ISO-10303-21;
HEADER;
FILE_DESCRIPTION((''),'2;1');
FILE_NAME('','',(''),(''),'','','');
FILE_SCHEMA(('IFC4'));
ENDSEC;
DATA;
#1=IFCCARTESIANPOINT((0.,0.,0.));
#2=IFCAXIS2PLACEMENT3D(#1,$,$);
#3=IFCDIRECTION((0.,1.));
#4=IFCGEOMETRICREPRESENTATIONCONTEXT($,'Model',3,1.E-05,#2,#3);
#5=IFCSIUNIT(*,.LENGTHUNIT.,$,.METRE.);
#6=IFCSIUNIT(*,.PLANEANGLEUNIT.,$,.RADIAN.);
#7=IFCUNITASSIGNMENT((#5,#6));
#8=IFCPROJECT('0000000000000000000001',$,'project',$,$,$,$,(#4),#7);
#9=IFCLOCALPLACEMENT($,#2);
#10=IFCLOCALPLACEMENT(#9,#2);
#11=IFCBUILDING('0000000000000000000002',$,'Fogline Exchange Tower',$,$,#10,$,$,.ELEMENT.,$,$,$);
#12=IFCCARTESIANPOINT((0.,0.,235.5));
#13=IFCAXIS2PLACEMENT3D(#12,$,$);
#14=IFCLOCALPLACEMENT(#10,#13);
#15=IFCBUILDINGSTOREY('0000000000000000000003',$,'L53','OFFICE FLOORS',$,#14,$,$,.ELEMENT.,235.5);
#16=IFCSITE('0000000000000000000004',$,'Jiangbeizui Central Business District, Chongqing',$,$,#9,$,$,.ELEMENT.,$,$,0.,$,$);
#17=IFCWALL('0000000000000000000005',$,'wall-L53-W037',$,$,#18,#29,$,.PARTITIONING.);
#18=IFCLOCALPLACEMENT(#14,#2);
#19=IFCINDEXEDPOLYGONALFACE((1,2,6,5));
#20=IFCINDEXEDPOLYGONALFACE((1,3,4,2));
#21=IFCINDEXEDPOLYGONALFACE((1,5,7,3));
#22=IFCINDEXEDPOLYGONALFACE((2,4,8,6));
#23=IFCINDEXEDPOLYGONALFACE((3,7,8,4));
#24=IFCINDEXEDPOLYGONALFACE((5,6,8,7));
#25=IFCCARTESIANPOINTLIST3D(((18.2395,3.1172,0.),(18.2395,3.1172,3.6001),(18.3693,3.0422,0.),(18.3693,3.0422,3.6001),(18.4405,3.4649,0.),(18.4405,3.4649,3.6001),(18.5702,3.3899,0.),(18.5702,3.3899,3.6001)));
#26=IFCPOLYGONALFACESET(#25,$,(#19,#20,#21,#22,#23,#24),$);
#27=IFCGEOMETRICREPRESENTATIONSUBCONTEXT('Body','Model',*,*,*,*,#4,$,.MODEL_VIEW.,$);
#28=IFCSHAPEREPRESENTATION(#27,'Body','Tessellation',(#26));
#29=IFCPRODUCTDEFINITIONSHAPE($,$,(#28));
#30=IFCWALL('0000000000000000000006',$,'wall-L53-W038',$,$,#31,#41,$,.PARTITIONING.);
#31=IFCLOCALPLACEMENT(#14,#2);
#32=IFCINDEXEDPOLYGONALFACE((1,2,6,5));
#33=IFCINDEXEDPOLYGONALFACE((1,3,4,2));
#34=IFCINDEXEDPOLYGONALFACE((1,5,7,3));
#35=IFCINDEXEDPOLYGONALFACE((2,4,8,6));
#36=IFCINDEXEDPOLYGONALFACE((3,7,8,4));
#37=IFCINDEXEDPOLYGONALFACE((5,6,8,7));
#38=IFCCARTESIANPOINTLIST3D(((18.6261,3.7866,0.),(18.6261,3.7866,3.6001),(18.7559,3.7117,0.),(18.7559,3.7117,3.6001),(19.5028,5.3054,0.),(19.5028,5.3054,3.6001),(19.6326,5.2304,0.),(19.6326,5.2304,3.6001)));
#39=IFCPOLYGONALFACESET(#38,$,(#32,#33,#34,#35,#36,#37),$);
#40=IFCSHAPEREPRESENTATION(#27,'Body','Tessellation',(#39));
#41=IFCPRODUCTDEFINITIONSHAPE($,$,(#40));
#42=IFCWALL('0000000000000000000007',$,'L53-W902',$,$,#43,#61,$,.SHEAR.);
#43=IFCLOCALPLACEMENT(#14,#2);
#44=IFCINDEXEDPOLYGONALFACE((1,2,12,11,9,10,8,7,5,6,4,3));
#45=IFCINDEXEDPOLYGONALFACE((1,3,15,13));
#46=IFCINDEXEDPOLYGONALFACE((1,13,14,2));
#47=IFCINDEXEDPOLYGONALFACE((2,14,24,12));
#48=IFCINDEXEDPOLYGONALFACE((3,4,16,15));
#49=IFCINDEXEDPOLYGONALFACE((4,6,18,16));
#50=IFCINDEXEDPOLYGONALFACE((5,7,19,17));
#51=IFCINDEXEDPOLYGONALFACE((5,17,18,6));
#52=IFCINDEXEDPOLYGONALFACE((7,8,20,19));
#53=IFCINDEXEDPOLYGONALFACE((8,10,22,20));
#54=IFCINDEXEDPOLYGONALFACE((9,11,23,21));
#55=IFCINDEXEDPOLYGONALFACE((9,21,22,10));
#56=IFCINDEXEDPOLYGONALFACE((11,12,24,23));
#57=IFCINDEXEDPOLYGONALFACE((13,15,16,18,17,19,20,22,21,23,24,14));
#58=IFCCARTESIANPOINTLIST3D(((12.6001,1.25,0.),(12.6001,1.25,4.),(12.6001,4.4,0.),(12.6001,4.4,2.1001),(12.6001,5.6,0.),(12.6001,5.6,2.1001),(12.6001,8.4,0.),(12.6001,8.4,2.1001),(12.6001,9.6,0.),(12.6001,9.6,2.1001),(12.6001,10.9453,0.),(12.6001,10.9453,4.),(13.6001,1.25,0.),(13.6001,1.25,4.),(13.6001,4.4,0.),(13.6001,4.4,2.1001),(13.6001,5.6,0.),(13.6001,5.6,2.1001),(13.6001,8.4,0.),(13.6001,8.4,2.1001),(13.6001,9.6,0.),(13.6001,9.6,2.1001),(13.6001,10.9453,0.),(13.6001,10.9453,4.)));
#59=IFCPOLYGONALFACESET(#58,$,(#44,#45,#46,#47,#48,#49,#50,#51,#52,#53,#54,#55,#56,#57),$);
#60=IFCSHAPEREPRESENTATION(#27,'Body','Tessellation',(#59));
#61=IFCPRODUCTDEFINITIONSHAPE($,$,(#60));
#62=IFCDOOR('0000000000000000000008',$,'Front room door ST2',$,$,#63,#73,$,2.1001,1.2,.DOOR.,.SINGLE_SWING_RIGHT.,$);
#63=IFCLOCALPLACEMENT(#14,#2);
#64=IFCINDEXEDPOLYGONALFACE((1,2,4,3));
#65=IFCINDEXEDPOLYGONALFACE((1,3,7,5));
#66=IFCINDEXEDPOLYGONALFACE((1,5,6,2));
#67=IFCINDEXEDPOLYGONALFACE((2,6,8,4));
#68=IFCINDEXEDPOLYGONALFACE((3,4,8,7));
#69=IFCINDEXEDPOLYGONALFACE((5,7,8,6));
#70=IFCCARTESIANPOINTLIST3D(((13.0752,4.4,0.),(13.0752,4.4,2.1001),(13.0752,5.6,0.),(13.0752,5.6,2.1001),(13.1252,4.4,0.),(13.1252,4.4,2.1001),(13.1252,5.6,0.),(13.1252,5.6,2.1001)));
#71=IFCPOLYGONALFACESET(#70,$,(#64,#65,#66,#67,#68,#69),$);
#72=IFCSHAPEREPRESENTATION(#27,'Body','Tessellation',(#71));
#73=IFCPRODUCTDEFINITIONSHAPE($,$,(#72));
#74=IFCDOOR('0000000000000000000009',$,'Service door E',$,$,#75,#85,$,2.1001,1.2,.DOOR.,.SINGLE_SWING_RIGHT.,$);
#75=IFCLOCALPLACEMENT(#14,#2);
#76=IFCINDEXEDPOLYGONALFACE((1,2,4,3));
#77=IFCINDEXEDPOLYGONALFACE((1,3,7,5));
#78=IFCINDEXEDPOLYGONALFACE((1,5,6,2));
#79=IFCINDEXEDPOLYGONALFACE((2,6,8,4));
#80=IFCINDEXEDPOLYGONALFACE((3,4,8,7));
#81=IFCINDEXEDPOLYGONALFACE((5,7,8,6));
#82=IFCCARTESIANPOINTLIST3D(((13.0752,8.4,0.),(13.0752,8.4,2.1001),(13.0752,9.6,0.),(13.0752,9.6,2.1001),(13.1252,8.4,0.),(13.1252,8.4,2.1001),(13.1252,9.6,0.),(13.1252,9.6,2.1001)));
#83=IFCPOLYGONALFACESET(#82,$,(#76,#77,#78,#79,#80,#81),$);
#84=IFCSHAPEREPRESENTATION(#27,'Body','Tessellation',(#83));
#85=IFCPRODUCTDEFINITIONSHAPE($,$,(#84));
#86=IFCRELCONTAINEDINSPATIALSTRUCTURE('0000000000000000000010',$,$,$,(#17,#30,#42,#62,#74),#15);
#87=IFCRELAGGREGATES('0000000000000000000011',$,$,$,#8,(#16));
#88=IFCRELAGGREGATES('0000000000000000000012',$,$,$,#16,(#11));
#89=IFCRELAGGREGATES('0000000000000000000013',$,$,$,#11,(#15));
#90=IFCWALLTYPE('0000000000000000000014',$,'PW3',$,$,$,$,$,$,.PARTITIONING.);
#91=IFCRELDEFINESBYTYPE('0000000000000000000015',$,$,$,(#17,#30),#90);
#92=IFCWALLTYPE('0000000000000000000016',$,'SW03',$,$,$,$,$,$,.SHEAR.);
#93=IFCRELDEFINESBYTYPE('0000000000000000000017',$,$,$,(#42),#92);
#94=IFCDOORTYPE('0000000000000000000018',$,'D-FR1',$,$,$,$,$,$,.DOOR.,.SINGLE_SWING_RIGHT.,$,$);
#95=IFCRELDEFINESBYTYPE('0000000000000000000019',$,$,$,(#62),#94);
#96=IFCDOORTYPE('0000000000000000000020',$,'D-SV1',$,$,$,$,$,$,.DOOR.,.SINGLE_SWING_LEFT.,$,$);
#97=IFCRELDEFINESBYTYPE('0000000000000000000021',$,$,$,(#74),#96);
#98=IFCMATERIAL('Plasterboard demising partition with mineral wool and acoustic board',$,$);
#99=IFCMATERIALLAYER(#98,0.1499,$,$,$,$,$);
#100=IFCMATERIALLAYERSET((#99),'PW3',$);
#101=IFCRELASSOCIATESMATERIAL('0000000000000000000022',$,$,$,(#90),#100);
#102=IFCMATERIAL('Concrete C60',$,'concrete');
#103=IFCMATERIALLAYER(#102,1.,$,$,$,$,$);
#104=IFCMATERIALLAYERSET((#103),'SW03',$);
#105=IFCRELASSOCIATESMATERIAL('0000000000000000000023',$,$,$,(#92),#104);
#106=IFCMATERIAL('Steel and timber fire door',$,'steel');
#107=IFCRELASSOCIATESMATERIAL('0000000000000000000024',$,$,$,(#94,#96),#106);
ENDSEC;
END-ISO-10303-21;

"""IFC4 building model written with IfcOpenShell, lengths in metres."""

from ifc_helpers import new_model, si_unit, direction, frame, frame_2d, origin, place, context, subcontext, project, spatial, rectangle, extrude, material, layer, layer_set, type_object, element, fill, save


model = new_model("IFC4")

# Units and contexts
model_context = context("Model", 3, precision=1e-05, world=origin(), true_north=direction((0.0, 1.0)))
body_context = subcontext(model_context, "Body", "Model", "MODEL_VIEW")
ifc_project = project(units=[si_unit("LENGTHUNIT", "METRE"), si_unit("PLANEANGLEUNIT", "RADIAN")], contexts=[model_context])

# Site, building, storey
site_placement = place(None, origin())
site = spatial("IfcSite", under=ifc_project, at=site_placement, Name="Jiangbeizui Central Business District, Chongqing", CompositionType="ELEMENT", RefElevation=0.0)
building_placement = place(site_placement, origin())
building = spatial("IfcBuilding", under=site, at=building_placement, Name="Fogline Exchange Tower", CompositionType="ELEMENT")
storey_placement = place(building_placement, frame((0.0, 0.0, 235.5)))
storey = spatial("IfcBuildingStorey", under=building, at=storey_placement, Name="L53", Description="OFFICE FLOORS", CompositionType="ELEMENT", Elevation=235.5)

# Shared definitions
ifc_material_1 = material(Name="Concrete C60", Category="concrete")

# Shared definitions
ifc_material_2 = material(Name="Steel and timber fire door", Category="steel")

# Walls
ifc_material_3 = material(Name="Plasterboard demising partition with mineral wool and acoustic board")
ifc_layer_1 = layer(ifc_material_3, 0.1499)
ifc_layer_set_1 = layer_set([ifc_layer_1], Name="PW3")
wall_type_1 = type_object("IfcWallType", Name="PW3", PredefinedType="PARTITIONING", material=ifc_layer_set_1)
wall_1_placement = place(storey_placement, frame((18.3044, 3.0798, 0.0), z_axis=(0.0, 0.0, 1.0), x_axis=(0.500389, 0.865801, 0.0)))
element("IfcWall", 1, at=wall_1_placement, inside=storey, type_object=wall_type_1, Name="wall-L53-W037", PredefinedType="PARTITIONING", context=body_context, shape_type="SweptSolid", body=[
    extrude(rectangle(XDim=0.4016, YDim=0.1499, at=frame_2d((0.2007, 0.0))), origin(), (0.0, 0.0, 1.0), 3.6001),
])
wall_2_placement = place(storey_placement, frame((18.6909, 3.749, 0.0), z_axis=(0.0, 0.0, 1.0), x_axis=(0.499927, 0.866067, 0.0)))
element("IfcWall", 2, at=wall_2_placement, inside=storey, type_object=wall_type_1, Name="wall-L53-W038", PredefinedType="PARTITIONING", context=body_context, shape_type="SweptSolid", body=[
    extrude(rectangle(XDim=1.7537, YDim=0.1499, at=frame_2d((0.877, 0.0))), origin(), (0.0, 0.0, 1.0), 3.6001),
])

# Wall, openings, doors
ifc_layer_2 = layer(ifc_material_1, 1.0)
ifc_layer_set_2 = layer_set([ifc_layer_2], Name="SW03")
wall_type_2 = type_object("IfcWallType", Name="SW03", PredefinedType="SHEAR", material=ifc_layer_set_2)
wall_3_placement = place(storey_placement, frame((13.1001, 1.25, 0.0), z_axis=(0.0, 0.0, 1.0), x_axis=(0.0, 1.0, 0.0)))
wall_3 = element("IfcWall", 3, at=wall_3_placement, inside=storey, type_object=wall_type_2, Name="L53-W902", PredefinedType="SHEAR", context=body_context, shape_type="SweptSolid", body=[
    extrude(rectangle(XDim=9.6953, YDim=1.0, at=frame_2d((4.8477, 0.0))), origin(), (0.0, 0.0, 1.0), 4.0),
])
opening_1_placement = place(wall_3_placement, frame((3.1499, 0.0, 0.0)))
opening_1 = element("IfcOpeningElement", 4, at=opening_1_placement, cuts=wall_3, PredefinedType="OPENING", context=body_context, shape_type="SweptSolid", body=[
    extrude(rectangle(XDim=1.2, YDim=2.1001, at=frame_2d((0.6001, 1.05))), frame((0.0, 0.51, 0.0), z_axis=(0.0, -1.0, 0.0), x_axis=(1.0, 0.0, 0.0)), (0.0, 0.0, 1.0), 1.02),
])
opening_2_placement = place(wall_3_placement, frame((7.1499, 0.0, 0.0)))
opening_2 = element("IfcOpeningElement", 5, at=opening_2_placement, cuts=wall_3, PredefinedType="OPENING", context=body_context, shape_type="SweptSolid", body=[
    extrude(rectangle(XDim=1.2, YDim=2.1001, at=frame_2d((0.6001, 1.05))), frame((0.0, 0.51, 0.0), z_axis=(0.0, -1.0, 0.0), x_axis=(1.0, 0.0, 0.0)), (0.0, 0.0, 1.0), 1.02),
])
door_type_1 = type_object("IfcDoorType", Name="D-FR1", OperationType="SINGLE_SWING_RIGHT", PredefinedType="DOOR", material=ifc_material_2)
door_1_placement = place(opening_1_placement, origin())
door_1 = element("IfcDoor", 6, at=door_1_placement, inside=storey, type_object=door_type_1, Name="Front room door ST2", OperationType="SINGLE_SWING_RIGHT", OverallHeight=2.1001, OverallWidth=1.2, PredefinedType="DOOR", context=body_context, shape_type="SweptSolid", body=[
    extrude(rectangle(XDim=1.2, YDim=2.1001, at=frame_2d((0.6001, 1.05))), frame((0.0, 0.0249, 0.0), z_axis=(0.0, -1.0, 0.0), x_axis=(1.0, 0.0, 0.0)), (0.0, 0.0, 1.0), 0.05),
])
fill(opening_1, door_1)
door_type_2 = type_object("IfcDoorType", Name="D-SV1", OperationType="SINGLE_SWING_LEFT", PredefinedType="DOOR", material=ifc_material_2)
door_2_placement = place(opening_2_placement, origin())
door_2 = element("IfcDoor", 7, at=door_2_placement, inside=storey, type_object=door_type_2, Name="Service door E", OperationType="SINGLE_SWING_RIGHT", OverallHeight=2.1001, OverallWidth=1.2, PredefinedType="DOOR", context=body_context, shape_type="SweptSolid", body=[
    extrude(rectangle(XDim=1.2, YDim=2.1001, at=frame_2d((0.6001, 1.05))), frame((0.0, 0.0249, 0.0), z_axis=(0.0, -1.0, 0.0), x_axis=(1.0, 0.0, 0.0)), (0.0, 0.0, 1.0), 0.05),
])
fill(opening_2, door_2)

save(model, "model.ifc")
